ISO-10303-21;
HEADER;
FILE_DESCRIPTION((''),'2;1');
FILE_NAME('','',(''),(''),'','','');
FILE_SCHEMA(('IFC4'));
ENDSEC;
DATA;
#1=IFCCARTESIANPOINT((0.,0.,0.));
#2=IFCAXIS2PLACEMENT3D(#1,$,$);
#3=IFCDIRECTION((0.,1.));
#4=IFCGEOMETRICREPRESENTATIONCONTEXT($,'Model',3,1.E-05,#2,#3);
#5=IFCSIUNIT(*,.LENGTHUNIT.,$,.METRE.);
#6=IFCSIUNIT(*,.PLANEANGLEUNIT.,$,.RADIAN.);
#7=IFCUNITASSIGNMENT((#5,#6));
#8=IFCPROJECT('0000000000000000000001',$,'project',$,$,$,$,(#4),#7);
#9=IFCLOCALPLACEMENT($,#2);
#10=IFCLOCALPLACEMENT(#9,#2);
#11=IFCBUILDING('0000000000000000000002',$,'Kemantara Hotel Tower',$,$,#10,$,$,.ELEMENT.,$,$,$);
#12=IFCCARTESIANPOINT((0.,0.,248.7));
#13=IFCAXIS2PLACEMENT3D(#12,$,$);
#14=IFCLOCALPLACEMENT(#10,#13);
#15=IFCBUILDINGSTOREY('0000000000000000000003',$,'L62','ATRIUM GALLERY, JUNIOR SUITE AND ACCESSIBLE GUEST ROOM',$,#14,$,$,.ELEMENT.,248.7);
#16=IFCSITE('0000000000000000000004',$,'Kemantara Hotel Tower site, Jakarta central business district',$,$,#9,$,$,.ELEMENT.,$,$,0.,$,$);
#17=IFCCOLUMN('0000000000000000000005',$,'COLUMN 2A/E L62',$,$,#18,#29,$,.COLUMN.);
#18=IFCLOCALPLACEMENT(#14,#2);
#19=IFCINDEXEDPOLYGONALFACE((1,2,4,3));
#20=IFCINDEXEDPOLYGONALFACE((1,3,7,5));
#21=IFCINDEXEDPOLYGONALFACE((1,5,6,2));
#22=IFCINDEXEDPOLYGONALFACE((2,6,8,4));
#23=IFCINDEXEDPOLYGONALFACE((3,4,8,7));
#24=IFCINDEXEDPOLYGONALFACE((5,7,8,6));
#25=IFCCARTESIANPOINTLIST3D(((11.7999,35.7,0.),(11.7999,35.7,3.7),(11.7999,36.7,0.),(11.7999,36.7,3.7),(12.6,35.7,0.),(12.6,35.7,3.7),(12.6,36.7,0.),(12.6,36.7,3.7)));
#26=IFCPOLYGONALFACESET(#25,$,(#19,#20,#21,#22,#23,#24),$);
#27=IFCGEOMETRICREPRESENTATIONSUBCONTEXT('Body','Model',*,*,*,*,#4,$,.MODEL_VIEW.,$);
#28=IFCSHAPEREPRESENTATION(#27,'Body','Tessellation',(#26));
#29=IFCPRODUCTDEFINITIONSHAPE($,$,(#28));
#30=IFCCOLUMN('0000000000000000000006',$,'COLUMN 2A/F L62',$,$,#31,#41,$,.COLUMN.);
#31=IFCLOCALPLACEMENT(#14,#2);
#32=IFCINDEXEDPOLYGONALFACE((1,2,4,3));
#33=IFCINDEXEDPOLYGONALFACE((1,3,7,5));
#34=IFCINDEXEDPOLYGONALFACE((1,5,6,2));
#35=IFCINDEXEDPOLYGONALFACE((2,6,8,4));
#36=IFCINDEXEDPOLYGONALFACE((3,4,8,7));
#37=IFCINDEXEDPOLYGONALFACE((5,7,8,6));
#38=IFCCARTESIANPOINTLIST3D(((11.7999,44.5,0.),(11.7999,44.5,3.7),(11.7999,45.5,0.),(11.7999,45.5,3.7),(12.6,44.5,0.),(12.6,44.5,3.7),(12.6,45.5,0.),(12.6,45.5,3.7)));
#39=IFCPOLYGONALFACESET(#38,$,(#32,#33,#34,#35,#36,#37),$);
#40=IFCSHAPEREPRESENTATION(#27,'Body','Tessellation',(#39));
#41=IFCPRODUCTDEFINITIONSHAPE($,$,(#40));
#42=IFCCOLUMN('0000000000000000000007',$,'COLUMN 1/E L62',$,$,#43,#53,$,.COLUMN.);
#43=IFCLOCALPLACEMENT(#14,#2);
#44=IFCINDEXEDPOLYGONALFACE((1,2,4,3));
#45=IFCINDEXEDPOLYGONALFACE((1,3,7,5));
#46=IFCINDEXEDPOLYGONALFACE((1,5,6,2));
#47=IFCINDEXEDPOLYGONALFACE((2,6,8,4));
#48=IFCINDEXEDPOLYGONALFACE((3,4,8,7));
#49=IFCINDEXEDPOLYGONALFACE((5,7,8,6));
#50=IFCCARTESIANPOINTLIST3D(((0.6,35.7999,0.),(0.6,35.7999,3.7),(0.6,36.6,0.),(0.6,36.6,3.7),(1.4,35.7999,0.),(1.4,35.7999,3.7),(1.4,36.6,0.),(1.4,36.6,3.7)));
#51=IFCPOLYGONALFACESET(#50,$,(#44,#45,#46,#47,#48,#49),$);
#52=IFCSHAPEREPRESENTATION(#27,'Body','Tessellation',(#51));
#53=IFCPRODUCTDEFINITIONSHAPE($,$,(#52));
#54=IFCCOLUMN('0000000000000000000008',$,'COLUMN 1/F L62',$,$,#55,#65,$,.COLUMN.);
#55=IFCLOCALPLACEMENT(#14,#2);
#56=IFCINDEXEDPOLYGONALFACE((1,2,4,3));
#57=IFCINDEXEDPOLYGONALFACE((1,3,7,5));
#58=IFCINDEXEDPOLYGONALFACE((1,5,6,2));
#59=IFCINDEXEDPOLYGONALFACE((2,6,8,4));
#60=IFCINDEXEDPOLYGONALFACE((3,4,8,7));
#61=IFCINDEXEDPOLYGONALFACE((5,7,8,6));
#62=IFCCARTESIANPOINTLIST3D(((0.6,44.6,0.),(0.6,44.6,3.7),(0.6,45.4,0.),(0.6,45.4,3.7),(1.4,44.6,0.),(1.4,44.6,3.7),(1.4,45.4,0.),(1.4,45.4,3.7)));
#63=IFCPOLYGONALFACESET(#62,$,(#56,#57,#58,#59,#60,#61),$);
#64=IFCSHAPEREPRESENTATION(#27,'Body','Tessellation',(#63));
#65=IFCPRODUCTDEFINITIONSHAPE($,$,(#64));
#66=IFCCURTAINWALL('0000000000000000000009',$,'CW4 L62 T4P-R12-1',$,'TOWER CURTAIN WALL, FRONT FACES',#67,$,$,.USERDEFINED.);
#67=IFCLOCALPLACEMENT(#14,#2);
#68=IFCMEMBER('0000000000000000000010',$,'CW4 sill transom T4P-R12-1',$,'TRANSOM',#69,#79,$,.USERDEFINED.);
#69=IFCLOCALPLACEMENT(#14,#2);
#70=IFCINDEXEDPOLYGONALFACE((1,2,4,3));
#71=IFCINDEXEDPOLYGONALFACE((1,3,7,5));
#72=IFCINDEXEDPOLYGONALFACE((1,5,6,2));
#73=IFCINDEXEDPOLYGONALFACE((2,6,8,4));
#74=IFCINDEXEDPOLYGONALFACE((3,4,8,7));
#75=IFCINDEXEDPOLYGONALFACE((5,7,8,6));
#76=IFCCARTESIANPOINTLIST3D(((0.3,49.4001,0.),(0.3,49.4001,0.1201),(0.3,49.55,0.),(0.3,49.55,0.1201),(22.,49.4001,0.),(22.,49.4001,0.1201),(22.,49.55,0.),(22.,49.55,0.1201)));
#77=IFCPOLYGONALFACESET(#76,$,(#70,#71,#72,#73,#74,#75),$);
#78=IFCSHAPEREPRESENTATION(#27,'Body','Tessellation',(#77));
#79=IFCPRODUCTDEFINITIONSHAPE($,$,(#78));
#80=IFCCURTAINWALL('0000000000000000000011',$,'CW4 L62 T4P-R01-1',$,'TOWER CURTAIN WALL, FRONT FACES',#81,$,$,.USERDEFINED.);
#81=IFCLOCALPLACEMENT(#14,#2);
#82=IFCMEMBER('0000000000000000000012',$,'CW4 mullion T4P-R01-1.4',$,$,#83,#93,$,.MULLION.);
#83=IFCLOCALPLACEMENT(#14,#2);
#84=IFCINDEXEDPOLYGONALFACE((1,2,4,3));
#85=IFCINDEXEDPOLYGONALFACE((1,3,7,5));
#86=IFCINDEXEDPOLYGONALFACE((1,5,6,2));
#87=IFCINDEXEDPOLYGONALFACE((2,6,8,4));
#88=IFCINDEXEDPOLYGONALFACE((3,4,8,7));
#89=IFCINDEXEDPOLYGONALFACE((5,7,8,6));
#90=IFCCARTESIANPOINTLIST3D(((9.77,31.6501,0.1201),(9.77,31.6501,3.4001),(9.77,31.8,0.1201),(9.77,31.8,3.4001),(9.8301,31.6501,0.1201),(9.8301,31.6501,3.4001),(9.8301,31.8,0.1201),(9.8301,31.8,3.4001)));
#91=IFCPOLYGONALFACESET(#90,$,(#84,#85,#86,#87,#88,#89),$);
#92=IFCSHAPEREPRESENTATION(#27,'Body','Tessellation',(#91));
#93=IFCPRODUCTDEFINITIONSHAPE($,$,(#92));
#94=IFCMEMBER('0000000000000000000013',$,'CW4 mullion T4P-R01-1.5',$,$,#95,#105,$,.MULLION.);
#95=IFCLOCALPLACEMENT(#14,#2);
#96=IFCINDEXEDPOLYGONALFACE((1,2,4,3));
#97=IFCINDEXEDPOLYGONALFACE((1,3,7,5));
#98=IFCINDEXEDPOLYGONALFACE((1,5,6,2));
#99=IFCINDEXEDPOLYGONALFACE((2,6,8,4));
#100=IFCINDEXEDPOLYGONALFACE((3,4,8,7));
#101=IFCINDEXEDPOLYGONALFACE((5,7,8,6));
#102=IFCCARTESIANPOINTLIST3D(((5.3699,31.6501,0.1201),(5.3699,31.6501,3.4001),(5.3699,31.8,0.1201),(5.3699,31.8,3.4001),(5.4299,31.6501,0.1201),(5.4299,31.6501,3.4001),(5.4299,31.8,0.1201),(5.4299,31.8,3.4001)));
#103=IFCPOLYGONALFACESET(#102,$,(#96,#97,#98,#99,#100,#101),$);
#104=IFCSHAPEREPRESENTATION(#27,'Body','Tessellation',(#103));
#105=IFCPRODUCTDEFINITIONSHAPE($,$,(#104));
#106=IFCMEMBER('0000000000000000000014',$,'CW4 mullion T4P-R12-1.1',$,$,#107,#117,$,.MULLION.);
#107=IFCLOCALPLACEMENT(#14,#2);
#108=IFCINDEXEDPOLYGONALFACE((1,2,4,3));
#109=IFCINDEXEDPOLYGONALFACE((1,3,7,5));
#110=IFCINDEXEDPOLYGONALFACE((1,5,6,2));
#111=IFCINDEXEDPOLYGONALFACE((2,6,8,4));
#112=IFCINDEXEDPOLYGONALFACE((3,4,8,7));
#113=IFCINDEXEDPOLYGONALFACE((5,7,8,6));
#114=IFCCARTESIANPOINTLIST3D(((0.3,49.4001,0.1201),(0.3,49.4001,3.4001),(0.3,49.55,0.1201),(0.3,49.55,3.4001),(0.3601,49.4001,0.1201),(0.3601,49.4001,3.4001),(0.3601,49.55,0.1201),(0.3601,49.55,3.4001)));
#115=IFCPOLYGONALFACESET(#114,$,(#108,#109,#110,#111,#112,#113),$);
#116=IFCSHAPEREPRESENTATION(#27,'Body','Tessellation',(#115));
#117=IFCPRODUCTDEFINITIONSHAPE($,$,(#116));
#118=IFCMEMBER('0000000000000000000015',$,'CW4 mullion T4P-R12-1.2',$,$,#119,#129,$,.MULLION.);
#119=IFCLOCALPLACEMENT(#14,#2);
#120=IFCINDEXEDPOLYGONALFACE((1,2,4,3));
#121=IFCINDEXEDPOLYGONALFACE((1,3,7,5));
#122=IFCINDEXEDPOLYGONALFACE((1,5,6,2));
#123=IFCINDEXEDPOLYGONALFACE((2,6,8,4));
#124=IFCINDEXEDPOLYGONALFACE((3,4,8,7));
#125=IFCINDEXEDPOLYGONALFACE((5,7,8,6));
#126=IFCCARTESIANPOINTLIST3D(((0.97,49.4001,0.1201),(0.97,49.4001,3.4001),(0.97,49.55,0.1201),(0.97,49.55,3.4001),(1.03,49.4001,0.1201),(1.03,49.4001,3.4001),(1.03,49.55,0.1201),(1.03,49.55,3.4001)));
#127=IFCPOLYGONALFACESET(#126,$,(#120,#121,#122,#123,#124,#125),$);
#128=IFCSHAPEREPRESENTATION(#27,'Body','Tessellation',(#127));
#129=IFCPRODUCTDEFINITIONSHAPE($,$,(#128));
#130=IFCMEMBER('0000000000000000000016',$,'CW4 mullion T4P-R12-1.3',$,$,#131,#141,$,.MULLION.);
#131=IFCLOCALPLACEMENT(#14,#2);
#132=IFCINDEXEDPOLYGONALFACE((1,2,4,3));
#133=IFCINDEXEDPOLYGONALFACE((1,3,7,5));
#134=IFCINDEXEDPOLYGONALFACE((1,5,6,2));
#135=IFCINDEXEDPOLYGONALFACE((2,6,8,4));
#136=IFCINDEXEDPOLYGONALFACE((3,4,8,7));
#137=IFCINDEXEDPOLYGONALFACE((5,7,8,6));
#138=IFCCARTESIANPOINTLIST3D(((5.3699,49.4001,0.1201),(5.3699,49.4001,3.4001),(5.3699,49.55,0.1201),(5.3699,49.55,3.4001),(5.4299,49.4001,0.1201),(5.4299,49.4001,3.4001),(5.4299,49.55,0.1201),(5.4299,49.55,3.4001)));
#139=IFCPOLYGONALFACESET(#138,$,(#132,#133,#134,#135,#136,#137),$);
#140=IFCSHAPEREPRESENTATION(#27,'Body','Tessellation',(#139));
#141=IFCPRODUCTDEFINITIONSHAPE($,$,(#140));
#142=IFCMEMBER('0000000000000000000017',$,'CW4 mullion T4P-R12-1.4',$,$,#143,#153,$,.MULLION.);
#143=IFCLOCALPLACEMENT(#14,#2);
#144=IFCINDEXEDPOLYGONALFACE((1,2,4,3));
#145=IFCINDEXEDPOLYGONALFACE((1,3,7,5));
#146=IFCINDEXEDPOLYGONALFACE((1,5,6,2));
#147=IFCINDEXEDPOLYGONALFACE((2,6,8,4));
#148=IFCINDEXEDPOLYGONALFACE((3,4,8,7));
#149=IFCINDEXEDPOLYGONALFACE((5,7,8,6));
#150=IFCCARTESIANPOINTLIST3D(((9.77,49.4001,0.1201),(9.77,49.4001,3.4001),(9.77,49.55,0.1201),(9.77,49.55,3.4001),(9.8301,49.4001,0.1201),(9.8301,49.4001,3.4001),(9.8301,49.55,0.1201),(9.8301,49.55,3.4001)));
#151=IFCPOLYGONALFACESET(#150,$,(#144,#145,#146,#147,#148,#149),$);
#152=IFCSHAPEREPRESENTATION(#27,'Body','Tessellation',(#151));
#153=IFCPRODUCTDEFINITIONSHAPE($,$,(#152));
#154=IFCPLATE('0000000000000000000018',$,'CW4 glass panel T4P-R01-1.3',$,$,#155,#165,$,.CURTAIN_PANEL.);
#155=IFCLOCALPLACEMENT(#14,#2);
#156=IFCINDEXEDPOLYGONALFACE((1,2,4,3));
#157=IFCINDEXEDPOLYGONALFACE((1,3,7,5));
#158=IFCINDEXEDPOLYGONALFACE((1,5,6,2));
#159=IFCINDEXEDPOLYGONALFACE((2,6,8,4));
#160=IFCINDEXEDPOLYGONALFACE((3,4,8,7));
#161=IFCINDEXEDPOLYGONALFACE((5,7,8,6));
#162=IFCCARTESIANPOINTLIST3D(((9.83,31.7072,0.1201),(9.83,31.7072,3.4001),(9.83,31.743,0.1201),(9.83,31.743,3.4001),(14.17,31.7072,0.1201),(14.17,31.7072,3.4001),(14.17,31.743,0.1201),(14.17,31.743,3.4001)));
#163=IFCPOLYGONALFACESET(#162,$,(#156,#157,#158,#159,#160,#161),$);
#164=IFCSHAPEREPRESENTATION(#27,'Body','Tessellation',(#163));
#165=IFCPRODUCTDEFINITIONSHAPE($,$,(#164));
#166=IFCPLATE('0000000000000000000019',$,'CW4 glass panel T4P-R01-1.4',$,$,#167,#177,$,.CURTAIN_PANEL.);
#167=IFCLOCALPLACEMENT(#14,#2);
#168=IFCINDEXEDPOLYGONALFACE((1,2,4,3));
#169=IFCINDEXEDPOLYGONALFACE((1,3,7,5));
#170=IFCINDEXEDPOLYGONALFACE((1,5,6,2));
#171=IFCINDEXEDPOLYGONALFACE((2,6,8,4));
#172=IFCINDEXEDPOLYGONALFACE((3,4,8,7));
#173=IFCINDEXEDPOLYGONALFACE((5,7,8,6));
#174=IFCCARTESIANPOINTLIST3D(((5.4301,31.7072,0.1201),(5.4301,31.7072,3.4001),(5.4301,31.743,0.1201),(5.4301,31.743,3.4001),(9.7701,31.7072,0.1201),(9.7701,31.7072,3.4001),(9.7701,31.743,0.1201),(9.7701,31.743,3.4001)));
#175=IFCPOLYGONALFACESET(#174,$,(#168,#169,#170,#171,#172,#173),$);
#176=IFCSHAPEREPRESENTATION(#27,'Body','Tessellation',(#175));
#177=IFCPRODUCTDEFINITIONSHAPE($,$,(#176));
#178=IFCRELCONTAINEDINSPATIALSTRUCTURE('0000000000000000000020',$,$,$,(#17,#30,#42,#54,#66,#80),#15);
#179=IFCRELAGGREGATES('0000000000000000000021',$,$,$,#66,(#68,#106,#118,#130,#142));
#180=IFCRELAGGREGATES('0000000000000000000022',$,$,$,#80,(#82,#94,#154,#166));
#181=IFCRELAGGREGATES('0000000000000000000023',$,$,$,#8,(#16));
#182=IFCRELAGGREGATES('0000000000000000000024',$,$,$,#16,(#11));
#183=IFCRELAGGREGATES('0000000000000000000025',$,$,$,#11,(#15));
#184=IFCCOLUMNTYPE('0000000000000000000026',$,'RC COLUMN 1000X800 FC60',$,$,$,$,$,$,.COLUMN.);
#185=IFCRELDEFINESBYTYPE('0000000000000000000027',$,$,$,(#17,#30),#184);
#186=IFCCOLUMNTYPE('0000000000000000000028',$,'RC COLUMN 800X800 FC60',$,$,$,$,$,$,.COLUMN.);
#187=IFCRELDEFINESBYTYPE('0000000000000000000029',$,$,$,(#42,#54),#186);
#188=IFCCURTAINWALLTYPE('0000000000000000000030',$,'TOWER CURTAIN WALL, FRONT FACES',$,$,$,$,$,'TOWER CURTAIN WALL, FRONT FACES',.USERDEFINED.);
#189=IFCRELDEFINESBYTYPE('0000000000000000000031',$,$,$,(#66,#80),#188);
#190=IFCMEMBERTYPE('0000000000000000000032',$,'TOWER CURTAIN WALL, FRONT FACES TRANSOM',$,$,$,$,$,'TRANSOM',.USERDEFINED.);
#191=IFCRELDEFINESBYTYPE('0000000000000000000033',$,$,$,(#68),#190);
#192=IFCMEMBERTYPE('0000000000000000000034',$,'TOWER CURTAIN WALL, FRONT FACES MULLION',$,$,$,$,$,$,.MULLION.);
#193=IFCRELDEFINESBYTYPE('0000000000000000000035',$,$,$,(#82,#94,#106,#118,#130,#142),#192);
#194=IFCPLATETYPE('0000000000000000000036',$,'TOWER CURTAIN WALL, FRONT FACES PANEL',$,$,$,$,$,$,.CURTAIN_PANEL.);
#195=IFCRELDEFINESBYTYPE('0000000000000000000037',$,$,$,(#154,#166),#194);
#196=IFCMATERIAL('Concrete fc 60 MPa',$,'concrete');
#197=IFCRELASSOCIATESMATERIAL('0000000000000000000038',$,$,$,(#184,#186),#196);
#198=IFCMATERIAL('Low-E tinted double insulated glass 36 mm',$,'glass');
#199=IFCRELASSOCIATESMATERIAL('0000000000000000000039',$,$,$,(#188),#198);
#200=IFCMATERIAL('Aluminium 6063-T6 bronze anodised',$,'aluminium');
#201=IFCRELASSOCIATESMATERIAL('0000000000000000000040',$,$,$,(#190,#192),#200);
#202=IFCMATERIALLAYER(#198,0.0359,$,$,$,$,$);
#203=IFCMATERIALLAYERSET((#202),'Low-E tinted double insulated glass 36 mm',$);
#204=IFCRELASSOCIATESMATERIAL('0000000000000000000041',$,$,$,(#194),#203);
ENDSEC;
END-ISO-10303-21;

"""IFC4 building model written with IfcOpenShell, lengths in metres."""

from ifc_helpers import new_model, si_unit, direction, frame, origin, origin_2d, place, context, subcontext, project, spatial, rectangle, extrude, source, transform, mapped, material, layer, layer_set, material_profile, profile_set, type_object, element, aggregate, save


model = new_model("IFC4")

# Units and contexts
model_context = context("Model", 3, precision=1e-05, world=origin(), true_north=direction((0.0, 1.0)))
body_context = subcontext(model_context, "Body", "Model", "MODEL_VIEW")
ifc_project = project(units=[si_unit("LENGTHUNIT", "METRE"), si_unit("PLANEANGLEUNIT", "RADIAN")], contexts=[model_context])

# Site, building, storey
site_placement = place(None, origin())
site = spatial("IfcSite", under=ifc_project, at=site_placement, Name="Kemantara Hotel Tower site, Jakarta central business district", CompositionType="ELEMENT", RefElevation=0.0)
building_placement = place(site_placement, origin())
building = spatial("IfcBuilding", under=site, at=building_placement, Name="Kemantara Hotel Tower", CompositionType="ELEMENT")
storey_placement = place(building_placement, frame((0.0, 0.0, 248.7)))
storey = spatial("IfcBuildingStorey", under=building, at=storey_placement, Name="L62", Description="ATRIUM GALLERY, JUNIOR SUITE AND ACCESSIBLE GUEST ROOM", CompositionType="ELEMENT", Elevation=248.7)

# Columns
ifc_material_1 = material(Name="Concrete fc 60 MPa", Category="concrete")
ifc_material_profile_1 = material_profile(ifc_material_1, rectangle(XDim=1.0, YDim=0.8, at=origin_2d()), Name="RC 1000X800")
ifc_profile_set_1 = profile_set([ifc_material_profile_1], Name="Concrete fc 60 MPa")
column_type_1 = type_object("IfcColumnType", Name="RC COLUMN 1000X800 FC60", PredefinedType="COLUMN", material=ifc_profile_set_1)
for number, where, z_axis, x_axis, name in (
    (1, (12.2, 36.2, 0.0), (0.0, 0.0, 1.0), (0.0, 1.0, 0.0), "COLUMN 2A/E L62"),
    (2, (12.2, 45.0, 0.0), (0.0, 0.0, 1.0), (0.0, 1.0, 0.0), "COLUMN 2A/F L62"),
):
    element("IfcColumn", number, at=place(storey_placement, frame(where, z_axis=z_axis, x_axis=x_axis)), inside=storey, type_object=column_type_1, Name=name, PredefinedType="COLUMN", context=body_context, shape_type="SweptSolid", body=[
        extrude(rectangle(XDim=1.0, YDim=0.8, at=origin_2d()), origin(), (0.0, 0.0, 1.0), 3.7),
    ])
ifc_material_profile_2 = material_profile(ifc_material_1, rectangle(XDim=0.8, YDim=0.8, at=origin_2d()), Name="RC 800X800")
ifc_profile_set_2 = profile_set([ifc_material_profile_2], Name="Concrete fc 60 MPa")
column_type_2 = type_object("IfcColumnType", Name="RC COLUMN 800X800 FC60", PredefinedType="COLUMN", material=ifc_profile_set_2)
for number, where, z_axis, x_axis, name in (
    (3, (1.0, 36.2, 0.0), (0.0, 0.0, 1.0), (1.0, 0.0, 0.0), "COLUMN 1/E L62"),
    (4, (1.0, 45.0, 0.0), (0.0, 0.0, 1.0), (1.0, 0.0, 0.0), "COLUMN 1/F L62"),
):
    element("IfcColumn", number, at=place(storey_placement, frame(where, z_axis=z_axis, x_axis=x_axis)), inside=storey, type_object=column_type_2, Name=name, PredefinedType="COLUMN", context=body_context, shape_type="SweptSolid", body=[
        extrude(rectangle(XDim=0.8, YDim=0.8, at=origin_2d()), origin(), (0.0, 0.0, 1.0), 3.7),
    ])

# Curtain wall, member
ifc_material_2 = material(Name="Low-E tinted double insulated glass 36 mm", Category="glass")
curtain_wall_type = type_object("IfcCurtainWallType", Name="TOWER CURTAIN WALL, FRONT FACES", ElementType="TOWER CURTAIN WALL, FRONT FACES", PredefinedType="USERDEFINED", material=ifc_material_2)
curtain_wall_1_placement = place(storey_placement, origin())
curtain_wall_1 = element("IfcCurtainWall", 5, at=curtain_wall_1_placement, inside=storey, type_object=curtain_wall_type, Name="CW4 L62 T4P-R12-1", ObjectType="TOWER CURTAIN WALL, FRONT FACES", PredefinedType="USERDEFINED")
ifc_material_3 = material(Name="Aluminium 6063-T6 bronze anodised", Category="aluminium")
ifc_material_profile_3 = material_profile(ifc_material_3, rectangle(XDim=0.1499, YDim=0.1201, at=origin_2d()), Name="TOWER CURTAIN WALL, FRONT FACES TRANSOM")
ifc_profile_set_3 = profile_set([ifc_material_profile_3], Name="Aluminium 6063-T6 bronze anodised")
member_type_1 = type_object("IfcMemberType", Name="TOWER CURTAIN WALL, FRONT FACES TRANSOM", ElementType="TRANSOM", PredefinedType="USERDEFINED", material=ifc_profile_set_3)
member_1_placement = place(storey_placement, frame((0.3, 49.4751, 0.0601), z_axis=(1.0, 0.0, 0.0), x_axis=(0.0, 1.0, 0.0)))
member_1 = element("IfcMember", 6, at=member_1_placement, type_object=member_type_1, Name="CW4 sill transom T4P-R12-1", ObjectType="TRANSOM", PredefinedType="USERDEFINED", context=body_context, shape_type="SweptSolid", body=[
    extrude(rectangle(XDim=0.1499, YDim=0.1201, at=origin_2d()), origin(), (0.0, 0.0, 1.0), 21.7),
])

# Curtain wall, members
curtain_wall_2_placement = place(storey_placement, origin())
curtain_wall_2 = element("IfcCurtainWall", 7, at=curtain_wall_2_placement, inside=storey, type_object=curtain_wall_type, Name="CW4 L62 T4P-R01-1", ObjectType="TOWER CURTAIN WALL, FRONT FACES", PredefinedType="USERDEFINED")
ifc_material_profile_4 = material_profile(ifc_material_3, rectangle(XDim=0.1499, YDim=0.0601, at=origin_2d()), Name="TOWER CURTAIN WALL, FRONT FACES MULLION")
ifc_profile_set_4 = profile_set([ifc_material_profile_4], Name="Aluminium 6063-T6 bronze anodised")
member_type_2 = type_object("IfcMemberType", Name="TOWER CURTAIN WALL, FRONT FACES MULLION", PredefinedType="MULLION", material=ifc_profile_set_4)
shared_shape_1 = source(origin(), body_context, "Body", "SweptSolid", [
    extrude(rectangle(XDim=0.1499, YDim=0.0601, at=origin_2d()), origin(), (0.0, 0.0, 1.0), 3.28),
])
member_2_placement = place(storey_placement, frame((9.8, 31.7251, 0.1201), z_axis=(0.0, 0.0, 1.0), x_axis=(0.0, -1.0, 0.0)))
member_2 = element("IfcMember", 8, at=member_2_placement, type_object=member_type_2, Name="CW4 mullion T4P-R01-1.4", PredefinedType="MULLION", context=body_context, shape_type="MappedRepresentation", body=[
    mapped(shared_shape_1, transform((0.0, 0.0, 0.0))),
])
member_3_placement = place(storey_placement, frame((5.3999, 31.7251, 0.1201), z_axis=(0.0, 0.0, 1.0), x_axis=(0.0, -1.0, 0.0)))
member_3 = element("IfcMember", 9, at=member_3_placement, type_object=member_type_2, Name="CW4 mullion T4P-R01-1.5", PredefinedType="MULLION", context=body_context, shape_type="MappedRepresentation", body=[
    mapped(shared_shape_1, transform((0.0, 0.0, 0.0))),
])

# Members
member_4_placement = place(storey_placement, frame((0.3301, 49.4751, 0.1201), z_axis=(0.0, 0.0, 1.0), x_axis=(0.0, 1.0, 0.0)))
member_4 = element("IfcMember", 10, at=member_4_placement, type_object=member_type_2, Name="CW4 mullion T4P-R12-1.1", PredefinedType="MULLION", context=body_context, shape_type="MappedRepresentation", body=[
    mapped(shared_shape_1, transform((0.0, 0.0, 0.0))),
])
member_5_placement = place(storey_placement, frame((1.0, 49.4751, 0.1201), z_axis=(0.0, 0.0, 1.0), x_axis=(0.0, 1.0, 0.0)))
member_5 = element("IfcMember", 11, at=member_5_placement, type_object=member_type_2, Name="CW4 mullion T4P-R12-1.2", PredefinedType="MULLION", context=body_context, shape_type="MappedRepresentation", body=[
    mapped(shared_shape_1, transform((0.0, 0.0, 0.0))),
])
member_6_placement = place(storey_placement, frame((5.3999, 49.4751, 0.1201), z_axis=(0.0, 0.0, 1.0), x_axis=(0.0, 1.0, 0.0)))
member_6 = element("IfcMember", 12, at=member_6_placement, type_object=member_type_2, Name="CW4 mullion T4P-R12-1.3", PredefinedType="MULLION", context=body_context, shape_type="MappedRepresentation", body=[
    mapped(shared_shape_1, transform((0.0, 0.0, 0.0))),
])
member_7_placement = place(storey_placement, frame((9.8, 49.4751, 0.1201), z_axis=(0.0, 0.0, 1.0), x_axis=(0.0, 1.0, 0.0)))
member_7 = element("IfcMember", 13, at=member_7_placement, type_object=member_type_2, Name="CW4 mullion T4P-R12-1.4", PredefinedType="MULLION", context=body_context, shape_type="MappedRepresentation", body=[
    mapped(shared_shape_1, transform((0.0, 0.0, 0.0))),
])
aggregate(curtain_wall_1, [member_1, member_4, member_5, member_6, member_7])

# Plates
ifc_layer_1 = layer(ifc_material_2, 0.0359)
ifc_layer_set_1 = layer_set([ifc_layer_1], Name="Low-E tinted double insulated glass 36 mm")
plate_type = type_object("IfcPlateType", Name="TOWER CURTAIN WALL, FRONT FACES PANEL", PredefinedType="CURTAIN_PANEL", material=ifc_layer_set_1)
shared_shape_2 = source(origin(), body_context, "Body", "SweptSolid", [
    extrude(rectangle(XDim=4.3401, YDim=0.0359, at=origin_2d()), origin(), (0.0, 0.0, 1.0), 3.28),
])
plate_1_placement = place(storey_placement, frame((12.0, 31.7251, 0.1201), z_axis=(0.0, 0.0, 1.0), x_axis=(-1.0, 0.0, 0.0)))
plate_1 = element("IfcPlate", 14, at=plate_1_placement, type_object=plate_type, Name="CW4 glass panel T4P-R01-1.3", PredefinedType="CURTAIN_PANEL", context=body_context, shape_type="MappedRepresentation", body=[
    mapped(shared_shape_2, transform((0.0, 0.0, 0.0))),
])
plate_2_placement = place(storey_placement, frame((7.6001, 31.7251, 0.1201), z_axis=(0.0, 0.0, 1.0), x_axis=(-1.0, 0.0, 0.0)))
plate_2 = element("IfcPlate", 15, at=plate_2_placement, type_object=plate_type, Name="CW4 glass panel T4P-R01-1.4", PredefinedType="CURTAIN_PANEL", context=body_context, shape_type="MappedRepresentation", body=[
    mapped(shared_shape_2, transform((0.0, 0.0, 0.0))),
])
aggregate(curtain_wall_2, [member_2, member_3, plate_1, plate_2])

save(model, "model.ifc")
